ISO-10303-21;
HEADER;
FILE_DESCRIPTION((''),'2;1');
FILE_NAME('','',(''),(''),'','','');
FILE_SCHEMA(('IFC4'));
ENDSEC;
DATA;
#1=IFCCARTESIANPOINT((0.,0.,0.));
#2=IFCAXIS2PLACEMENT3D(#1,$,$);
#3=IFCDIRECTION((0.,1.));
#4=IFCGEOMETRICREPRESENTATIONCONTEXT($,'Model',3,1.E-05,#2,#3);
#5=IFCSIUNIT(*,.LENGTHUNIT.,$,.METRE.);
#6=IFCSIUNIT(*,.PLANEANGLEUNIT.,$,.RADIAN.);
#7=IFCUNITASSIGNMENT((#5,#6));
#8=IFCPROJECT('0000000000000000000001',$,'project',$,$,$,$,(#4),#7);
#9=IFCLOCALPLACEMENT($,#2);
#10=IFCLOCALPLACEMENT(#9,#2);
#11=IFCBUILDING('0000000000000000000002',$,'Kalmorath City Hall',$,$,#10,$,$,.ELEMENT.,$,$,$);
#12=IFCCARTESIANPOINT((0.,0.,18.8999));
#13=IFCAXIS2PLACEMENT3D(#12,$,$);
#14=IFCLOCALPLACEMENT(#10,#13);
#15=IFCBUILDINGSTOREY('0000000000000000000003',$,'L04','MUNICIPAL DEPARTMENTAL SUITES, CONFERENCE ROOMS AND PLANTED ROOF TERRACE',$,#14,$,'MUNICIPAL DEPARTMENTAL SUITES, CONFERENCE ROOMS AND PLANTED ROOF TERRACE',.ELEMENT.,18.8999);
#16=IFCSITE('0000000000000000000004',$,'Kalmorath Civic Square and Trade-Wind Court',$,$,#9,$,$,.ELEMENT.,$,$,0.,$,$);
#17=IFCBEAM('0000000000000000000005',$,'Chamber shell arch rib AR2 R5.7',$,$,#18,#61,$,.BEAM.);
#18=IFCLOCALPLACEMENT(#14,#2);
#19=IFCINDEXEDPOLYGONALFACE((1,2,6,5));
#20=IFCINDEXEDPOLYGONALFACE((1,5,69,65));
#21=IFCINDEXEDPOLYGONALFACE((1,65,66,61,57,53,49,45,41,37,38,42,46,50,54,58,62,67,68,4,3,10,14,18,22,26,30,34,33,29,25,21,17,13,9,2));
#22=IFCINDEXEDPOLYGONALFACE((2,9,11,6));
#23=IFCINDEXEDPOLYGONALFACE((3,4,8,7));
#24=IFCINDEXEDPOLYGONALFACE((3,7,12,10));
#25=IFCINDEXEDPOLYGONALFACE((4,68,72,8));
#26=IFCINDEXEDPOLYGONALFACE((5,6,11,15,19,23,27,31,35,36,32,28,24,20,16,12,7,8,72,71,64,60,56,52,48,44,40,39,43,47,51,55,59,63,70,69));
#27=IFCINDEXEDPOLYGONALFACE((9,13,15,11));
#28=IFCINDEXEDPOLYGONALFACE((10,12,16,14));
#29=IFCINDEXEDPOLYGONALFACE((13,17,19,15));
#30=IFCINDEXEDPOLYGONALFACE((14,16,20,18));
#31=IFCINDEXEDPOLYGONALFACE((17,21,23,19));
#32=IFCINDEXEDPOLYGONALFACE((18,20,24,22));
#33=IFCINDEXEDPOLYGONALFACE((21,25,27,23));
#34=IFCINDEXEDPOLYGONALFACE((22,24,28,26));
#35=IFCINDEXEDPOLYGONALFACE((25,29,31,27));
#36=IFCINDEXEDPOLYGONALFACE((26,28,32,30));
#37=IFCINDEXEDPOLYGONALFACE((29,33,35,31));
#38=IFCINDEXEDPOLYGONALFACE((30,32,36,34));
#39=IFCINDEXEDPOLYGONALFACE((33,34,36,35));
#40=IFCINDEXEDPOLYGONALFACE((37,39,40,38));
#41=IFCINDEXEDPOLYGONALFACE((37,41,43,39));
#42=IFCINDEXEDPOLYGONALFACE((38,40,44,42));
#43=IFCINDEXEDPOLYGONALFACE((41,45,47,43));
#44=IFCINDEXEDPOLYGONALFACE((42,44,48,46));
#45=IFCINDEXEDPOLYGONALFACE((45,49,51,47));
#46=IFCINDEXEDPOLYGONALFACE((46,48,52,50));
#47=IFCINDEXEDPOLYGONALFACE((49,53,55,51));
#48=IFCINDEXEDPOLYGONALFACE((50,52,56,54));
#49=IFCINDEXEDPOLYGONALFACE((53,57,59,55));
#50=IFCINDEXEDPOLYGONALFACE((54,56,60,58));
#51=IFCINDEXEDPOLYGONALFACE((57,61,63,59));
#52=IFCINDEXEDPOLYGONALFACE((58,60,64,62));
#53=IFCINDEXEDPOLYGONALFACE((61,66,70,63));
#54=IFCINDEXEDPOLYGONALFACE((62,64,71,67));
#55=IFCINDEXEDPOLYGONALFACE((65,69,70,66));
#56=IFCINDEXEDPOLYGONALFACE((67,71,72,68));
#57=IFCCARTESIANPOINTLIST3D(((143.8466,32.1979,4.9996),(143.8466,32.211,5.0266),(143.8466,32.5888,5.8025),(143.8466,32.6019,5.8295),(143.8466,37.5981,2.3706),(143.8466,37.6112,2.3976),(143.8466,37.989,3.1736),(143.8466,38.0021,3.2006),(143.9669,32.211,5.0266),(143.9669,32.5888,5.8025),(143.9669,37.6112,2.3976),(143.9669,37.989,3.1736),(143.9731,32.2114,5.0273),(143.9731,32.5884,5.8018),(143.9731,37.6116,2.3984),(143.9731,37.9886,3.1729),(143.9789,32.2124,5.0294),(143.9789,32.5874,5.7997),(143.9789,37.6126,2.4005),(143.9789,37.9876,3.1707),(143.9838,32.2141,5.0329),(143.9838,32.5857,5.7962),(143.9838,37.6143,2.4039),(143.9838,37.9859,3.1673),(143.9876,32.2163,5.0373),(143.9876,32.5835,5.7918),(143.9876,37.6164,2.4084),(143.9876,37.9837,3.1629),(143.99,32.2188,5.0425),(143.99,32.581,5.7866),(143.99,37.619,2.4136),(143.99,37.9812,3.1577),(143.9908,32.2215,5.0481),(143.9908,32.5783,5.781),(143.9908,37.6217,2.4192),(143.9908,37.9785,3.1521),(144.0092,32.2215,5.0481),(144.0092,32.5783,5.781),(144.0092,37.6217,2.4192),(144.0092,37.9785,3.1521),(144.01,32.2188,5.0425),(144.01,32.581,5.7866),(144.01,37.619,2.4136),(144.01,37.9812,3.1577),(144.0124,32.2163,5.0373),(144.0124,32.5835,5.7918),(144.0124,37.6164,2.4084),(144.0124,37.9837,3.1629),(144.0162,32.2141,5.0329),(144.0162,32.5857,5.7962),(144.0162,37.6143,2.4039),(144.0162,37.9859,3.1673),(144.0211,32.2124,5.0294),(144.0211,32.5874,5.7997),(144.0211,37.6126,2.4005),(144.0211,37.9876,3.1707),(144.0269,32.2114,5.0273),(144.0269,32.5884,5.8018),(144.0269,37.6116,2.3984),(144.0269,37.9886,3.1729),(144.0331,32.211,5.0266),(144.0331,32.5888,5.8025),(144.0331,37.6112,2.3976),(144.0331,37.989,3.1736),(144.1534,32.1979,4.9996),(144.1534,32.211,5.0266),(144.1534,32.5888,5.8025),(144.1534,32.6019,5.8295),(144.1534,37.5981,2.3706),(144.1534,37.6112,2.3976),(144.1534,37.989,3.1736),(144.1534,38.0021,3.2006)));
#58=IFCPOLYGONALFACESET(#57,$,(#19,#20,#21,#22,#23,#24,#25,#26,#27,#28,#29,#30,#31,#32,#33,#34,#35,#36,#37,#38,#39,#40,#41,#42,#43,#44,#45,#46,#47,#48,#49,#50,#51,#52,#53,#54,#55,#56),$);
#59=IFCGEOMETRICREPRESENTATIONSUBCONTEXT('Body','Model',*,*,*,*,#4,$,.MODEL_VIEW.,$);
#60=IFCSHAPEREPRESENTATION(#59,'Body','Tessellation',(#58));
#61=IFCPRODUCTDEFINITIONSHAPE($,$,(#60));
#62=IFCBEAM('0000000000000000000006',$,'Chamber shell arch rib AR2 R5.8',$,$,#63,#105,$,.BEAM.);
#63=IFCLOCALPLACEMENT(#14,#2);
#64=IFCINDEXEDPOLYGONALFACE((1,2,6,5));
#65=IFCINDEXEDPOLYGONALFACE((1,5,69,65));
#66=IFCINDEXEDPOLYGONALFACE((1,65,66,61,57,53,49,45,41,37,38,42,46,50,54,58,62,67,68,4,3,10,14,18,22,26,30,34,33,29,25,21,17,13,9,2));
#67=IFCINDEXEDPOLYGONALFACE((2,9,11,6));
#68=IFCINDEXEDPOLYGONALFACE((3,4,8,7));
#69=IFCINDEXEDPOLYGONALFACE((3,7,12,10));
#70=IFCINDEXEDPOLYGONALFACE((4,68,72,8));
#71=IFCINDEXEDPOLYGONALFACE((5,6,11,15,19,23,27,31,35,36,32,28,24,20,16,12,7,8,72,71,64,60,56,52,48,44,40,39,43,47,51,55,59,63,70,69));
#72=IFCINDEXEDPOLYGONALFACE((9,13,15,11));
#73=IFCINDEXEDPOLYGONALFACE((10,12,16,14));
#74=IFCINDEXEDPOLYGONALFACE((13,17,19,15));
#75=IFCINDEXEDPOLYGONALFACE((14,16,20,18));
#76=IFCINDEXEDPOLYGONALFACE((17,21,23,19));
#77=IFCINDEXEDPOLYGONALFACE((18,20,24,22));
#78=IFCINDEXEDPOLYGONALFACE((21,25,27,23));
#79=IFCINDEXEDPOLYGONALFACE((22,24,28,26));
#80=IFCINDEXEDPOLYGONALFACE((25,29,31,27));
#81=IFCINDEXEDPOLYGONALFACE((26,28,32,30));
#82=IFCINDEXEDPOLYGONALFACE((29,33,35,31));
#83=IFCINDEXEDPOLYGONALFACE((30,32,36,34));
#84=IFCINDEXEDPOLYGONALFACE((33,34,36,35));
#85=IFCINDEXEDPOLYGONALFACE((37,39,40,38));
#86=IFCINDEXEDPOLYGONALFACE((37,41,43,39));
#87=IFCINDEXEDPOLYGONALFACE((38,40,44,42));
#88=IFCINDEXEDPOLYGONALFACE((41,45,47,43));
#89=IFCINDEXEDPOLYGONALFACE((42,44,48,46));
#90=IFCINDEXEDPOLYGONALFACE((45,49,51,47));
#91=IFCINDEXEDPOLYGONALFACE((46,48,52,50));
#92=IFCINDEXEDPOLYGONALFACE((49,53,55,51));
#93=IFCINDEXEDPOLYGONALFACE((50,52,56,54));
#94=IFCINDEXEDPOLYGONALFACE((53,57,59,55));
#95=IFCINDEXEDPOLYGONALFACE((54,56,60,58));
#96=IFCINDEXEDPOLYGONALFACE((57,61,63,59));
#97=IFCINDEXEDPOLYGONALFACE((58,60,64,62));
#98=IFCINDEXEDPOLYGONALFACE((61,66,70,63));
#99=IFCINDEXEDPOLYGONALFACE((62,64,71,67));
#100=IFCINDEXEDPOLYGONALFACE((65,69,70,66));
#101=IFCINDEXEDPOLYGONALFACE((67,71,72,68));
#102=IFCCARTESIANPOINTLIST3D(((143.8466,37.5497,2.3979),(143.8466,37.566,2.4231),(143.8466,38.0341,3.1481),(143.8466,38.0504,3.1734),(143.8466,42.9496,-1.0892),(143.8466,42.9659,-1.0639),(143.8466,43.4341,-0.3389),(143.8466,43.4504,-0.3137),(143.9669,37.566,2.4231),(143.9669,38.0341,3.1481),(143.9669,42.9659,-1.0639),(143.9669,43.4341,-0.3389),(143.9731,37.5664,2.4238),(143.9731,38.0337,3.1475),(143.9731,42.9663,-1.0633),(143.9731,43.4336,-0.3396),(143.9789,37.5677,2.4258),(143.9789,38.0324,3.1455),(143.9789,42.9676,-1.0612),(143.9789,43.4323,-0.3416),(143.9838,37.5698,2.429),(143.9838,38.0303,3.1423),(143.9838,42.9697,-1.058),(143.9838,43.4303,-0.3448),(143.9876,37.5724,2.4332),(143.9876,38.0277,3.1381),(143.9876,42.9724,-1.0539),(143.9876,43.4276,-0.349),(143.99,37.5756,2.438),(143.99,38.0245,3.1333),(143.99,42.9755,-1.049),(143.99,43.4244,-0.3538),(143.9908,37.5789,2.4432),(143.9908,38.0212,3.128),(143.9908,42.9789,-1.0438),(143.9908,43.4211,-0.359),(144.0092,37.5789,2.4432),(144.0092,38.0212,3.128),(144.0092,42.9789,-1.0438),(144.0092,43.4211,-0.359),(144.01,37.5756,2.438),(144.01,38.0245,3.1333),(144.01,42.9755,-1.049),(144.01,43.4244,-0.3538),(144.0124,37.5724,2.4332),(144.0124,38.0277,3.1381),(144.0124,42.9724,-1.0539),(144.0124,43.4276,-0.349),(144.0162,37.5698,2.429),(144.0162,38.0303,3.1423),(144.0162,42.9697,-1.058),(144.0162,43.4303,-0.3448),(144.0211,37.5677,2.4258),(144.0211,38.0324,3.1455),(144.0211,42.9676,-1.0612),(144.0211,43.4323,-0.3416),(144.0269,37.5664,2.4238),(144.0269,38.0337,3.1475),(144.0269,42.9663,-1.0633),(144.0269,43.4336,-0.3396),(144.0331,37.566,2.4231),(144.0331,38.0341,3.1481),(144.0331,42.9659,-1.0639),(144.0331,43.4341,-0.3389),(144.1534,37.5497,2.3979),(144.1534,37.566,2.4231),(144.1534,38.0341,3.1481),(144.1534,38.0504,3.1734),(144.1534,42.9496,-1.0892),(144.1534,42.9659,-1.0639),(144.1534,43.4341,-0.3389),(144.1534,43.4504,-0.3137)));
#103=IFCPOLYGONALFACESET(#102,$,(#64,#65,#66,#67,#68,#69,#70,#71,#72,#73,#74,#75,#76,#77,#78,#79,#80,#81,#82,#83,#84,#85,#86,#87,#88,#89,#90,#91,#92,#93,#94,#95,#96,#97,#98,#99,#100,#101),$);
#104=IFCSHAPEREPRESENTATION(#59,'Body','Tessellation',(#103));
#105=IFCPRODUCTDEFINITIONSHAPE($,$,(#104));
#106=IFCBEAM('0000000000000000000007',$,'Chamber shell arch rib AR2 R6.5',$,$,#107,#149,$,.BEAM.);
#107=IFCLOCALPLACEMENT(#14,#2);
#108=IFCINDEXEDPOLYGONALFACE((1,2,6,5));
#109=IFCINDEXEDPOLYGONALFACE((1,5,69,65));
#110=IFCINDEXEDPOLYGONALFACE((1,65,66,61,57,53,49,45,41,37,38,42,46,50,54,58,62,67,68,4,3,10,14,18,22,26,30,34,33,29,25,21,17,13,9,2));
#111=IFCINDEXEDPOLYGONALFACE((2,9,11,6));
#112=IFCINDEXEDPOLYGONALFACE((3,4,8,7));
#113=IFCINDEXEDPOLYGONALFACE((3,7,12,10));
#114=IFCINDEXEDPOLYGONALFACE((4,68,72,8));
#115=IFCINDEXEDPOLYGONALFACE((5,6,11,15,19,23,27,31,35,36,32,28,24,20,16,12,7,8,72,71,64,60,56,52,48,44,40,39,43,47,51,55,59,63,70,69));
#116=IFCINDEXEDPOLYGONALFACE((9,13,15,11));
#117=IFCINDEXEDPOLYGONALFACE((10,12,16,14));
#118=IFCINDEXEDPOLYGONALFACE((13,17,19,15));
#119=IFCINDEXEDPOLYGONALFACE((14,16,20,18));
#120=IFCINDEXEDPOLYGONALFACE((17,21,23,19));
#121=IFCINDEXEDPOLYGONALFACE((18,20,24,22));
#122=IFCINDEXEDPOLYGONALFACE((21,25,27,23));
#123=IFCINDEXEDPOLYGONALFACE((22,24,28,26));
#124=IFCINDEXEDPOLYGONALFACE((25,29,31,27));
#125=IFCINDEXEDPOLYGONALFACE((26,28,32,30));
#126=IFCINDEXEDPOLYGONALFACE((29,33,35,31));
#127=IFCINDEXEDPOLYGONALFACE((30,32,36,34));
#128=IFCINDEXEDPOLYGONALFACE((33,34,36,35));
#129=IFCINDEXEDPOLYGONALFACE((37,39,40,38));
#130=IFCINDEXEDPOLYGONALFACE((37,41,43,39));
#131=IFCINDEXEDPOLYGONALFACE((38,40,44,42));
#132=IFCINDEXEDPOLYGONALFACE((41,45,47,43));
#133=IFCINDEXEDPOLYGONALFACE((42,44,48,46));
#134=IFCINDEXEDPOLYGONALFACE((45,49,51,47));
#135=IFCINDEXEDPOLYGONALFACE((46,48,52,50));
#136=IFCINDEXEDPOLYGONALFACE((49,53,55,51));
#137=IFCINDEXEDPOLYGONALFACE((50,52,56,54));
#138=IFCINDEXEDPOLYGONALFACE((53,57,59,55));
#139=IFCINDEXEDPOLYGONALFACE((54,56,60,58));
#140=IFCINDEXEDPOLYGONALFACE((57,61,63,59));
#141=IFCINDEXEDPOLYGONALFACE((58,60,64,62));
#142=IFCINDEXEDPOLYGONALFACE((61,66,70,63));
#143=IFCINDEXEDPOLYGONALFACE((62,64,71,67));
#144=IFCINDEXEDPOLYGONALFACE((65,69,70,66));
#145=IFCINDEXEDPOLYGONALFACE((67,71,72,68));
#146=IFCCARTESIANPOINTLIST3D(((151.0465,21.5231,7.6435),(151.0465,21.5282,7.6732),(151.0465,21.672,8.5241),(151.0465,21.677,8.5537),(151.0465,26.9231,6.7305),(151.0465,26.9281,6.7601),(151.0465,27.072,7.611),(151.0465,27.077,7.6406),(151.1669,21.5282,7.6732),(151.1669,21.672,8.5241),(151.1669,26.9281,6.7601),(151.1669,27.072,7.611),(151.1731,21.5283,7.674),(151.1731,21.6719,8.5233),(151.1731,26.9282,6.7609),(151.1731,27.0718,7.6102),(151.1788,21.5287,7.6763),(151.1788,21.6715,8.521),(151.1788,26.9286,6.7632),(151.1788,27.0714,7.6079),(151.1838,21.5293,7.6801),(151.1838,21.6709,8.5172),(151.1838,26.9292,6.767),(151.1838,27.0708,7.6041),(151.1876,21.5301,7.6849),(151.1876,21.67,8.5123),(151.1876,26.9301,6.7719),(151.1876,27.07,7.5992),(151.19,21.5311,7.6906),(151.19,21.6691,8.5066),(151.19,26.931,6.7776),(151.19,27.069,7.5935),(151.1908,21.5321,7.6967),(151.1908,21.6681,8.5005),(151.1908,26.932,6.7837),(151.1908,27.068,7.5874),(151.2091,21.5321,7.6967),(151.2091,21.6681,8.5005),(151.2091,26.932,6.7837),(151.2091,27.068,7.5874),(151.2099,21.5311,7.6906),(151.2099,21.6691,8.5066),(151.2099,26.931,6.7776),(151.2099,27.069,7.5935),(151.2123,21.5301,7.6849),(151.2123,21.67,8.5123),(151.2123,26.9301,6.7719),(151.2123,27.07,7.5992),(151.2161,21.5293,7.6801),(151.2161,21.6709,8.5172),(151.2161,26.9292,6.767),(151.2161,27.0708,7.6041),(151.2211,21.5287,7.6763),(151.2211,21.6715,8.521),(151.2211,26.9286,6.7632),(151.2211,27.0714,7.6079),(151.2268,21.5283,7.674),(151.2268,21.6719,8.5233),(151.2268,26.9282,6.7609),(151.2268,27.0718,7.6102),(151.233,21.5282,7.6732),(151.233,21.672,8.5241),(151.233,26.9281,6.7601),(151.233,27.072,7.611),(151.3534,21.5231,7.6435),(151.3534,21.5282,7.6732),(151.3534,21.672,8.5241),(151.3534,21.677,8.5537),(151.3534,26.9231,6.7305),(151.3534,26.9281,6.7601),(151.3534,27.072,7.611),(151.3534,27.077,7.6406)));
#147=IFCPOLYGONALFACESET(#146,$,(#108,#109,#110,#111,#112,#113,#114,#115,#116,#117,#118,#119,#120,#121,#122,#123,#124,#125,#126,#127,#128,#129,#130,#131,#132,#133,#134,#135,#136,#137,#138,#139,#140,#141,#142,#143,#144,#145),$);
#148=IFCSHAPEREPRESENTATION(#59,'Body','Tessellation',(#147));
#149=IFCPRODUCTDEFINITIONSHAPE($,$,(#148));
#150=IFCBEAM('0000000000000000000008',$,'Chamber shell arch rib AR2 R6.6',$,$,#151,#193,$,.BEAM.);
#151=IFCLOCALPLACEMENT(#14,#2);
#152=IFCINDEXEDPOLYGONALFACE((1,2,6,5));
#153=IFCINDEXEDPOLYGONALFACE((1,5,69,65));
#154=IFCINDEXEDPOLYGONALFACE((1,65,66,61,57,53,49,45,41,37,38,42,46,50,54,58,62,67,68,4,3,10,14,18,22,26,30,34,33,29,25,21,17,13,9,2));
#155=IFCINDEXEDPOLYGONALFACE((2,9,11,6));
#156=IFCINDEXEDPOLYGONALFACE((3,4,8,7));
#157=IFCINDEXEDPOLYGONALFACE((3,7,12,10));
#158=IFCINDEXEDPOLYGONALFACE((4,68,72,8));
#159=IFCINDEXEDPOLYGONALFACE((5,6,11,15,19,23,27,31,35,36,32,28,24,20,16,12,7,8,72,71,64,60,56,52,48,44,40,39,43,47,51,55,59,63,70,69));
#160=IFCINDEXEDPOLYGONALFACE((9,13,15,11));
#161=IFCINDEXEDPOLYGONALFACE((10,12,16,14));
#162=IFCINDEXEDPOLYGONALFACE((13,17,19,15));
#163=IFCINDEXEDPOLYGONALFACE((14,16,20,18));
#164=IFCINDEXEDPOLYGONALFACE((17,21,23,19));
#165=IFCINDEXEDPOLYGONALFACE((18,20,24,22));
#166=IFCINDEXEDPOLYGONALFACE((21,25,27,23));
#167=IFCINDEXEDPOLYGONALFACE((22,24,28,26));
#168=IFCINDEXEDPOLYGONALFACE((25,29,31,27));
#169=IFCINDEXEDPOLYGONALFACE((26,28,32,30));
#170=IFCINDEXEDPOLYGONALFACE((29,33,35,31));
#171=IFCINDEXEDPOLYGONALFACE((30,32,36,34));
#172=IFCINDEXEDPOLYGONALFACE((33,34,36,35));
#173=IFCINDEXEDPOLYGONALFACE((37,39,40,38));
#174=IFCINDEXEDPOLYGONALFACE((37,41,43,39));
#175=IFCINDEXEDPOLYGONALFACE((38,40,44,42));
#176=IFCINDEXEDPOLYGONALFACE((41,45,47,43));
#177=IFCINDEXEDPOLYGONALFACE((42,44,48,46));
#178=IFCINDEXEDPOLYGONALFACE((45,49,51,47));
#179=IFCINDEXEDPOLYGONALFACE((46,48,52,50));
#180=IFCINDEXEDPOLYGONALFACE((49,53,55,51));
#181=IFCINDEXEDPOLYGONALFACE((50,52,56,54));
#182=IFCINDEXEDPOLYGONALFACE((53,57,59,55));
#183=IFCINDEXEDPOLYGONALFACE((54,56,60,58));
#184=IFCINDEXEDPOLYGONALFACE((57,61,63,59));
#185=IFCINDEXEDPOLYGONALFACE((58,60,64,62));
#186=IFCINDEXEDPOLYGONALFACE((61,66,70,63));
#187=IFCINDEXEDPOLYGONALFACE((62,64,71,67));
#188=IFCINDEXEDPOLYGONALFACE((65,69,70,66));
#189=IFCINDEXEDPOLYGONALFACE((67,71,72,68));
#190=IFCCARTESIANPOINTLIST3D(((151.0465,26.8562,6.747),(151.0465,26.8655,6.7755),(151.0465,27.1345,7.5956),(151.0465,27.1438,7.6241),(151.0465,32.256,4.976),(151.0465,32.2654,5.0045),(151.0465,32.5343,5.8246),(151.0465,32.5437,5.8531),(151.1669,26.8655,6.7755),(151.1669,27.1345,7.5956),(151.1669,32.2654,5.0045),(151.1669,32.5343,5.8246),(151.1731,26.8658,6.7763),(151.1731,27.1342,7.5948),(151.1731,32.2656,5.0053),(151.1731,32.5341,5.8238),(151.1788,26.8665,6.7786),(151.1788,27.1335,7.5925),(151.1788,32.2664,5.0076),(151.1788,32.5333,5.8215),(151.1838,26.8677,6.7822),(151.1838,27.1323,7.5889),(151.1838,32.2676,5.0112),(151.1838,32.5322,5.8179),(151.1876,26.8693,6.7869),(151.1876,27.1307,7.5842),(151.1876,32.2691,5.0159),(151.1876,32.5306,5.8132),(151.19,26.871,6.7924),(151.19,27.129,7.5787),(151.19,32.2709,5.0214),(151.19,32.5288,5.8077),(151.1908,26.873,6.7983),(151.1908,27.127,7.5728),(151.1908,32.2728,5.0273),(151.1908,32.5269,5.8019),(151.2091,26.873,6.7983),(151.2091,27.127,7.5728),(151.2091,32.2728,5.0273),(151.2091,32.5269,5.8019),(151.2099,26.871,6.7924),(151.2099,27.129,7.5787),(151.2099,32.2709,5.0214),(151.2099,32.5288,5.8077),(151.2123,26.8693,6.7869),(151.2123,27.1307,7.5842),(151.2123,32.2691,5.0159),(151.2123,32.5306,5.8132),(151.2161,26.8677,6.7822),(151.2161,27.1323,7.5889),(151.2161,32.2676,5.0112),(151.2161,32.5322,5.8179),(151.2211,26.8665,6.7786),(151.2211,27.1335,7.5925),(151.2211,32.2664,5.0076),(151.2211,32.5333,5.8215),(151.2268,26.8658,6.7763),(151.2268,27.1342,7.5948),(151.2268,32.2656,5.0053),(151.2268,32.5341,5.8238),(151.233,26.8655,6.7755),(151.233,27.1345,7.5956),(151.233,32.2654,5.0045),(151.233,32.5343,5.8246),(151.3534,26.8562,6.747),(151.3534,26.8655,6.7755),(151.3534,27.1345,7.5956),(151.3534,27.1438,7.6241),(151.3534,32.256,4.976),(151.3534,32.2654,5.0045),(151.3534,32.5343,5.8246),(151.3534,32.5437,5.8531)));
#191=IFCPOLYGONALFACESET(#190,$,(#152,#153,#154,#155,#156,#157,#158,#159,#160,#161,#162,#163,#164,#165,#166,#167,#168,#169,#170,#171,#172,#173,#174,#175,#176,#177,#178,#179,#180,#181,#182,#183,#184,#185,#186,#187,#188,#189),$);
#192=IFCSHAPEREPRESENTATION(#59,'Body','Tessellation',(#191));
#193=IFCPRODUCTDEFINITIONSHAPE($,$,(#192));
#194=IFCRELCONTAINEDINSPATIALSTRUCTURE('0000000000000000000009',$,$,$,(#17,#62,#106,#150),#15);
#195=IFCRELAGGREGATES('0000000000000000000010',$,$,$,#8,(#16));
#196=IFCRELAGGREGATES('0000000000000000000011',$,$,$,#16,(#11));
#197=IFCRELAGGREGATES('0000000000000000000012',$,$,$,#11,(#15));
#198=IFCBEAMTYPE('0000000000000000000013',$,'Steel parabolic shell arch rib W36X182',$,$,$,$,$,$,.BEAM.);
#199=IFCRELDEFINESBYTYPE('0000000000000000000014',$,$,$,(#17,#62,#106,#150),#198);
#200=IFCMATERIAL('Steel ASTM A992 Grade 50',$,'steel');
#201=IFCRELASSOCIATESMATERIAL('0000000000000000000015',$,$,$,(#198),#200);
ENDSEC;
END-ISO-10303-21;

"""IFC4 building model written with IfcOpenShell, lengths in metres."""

from ifc_helpers import new_model, si_unit, direction, frame, origin, origin_2d, place, context, subcontext, project, spatial, i_section, extrude, material, material_profile, profile_set, type_object, element, save


model = new_model("IFC4")

# Units and contexts
model_context = context("Model", 3, precision=1e-05, world=origin(), true_north=direction((0.0, 1.0)))
body_context = subcontext(model_context, "Body", "Model", "MODEL_VIEW")
ifc_project = project(units=[si_unit("LENGTHUNIT", "METRE"), si_unit("PLANEANGLEUNIT", "RADIAN")], contexts=[model_context])

# Site, building, storey
site_placement = place(None, origin())
site = spatial("IfcSite", under=ifc_project, at=site_placement, Name="Kalmorath Civic Square and Trade-Wind Court", CompositionType="ELEMENT", RefElevation=0.0)
building_placement = place(site_placement, origin())
building = spatial("IfcBuilding", under=site, at=building_placement, Name="Kalmorath City Hall", CompositionType="ELEMENT")
storey_placement = place(building_placement, frame((0.0, 0.0, 18.8999)))
storey = spatial("IfcBuildingStorey", under=building, at=storey_placement, Name="L04", Description="MUNICIPAL DEPARTMENTAL SUITES, CONFERENCE ROOMS AND PLANTED ROOF TERRACE", LongName="MUNICIPAL DEPARTMENTAL SUITES, CONFERENCE ROOMS AND PLANTED ROOF TERRACE", CompositionType="ELEMENT", Elevation=18.8999)

# Beams
ifc_material_1 = material(Name="Steel ASTM A992 Grade 50", Category="steel")
ifc_material_profile_1 = material_profile(ifc_material_1, i_section(OverallWidth=0.3069, OverallDepth=0.9231, WebThickness=0.0183, FlangeThickness=0.03, FilletRadius=0.0239, at=origin_2d()), Name="W36X182")
ifc_profile_set_1 = profile_set([ifc_material_profile_1], Name="Steel ASTM A992 Grade 50")
beam_type_1 = type_object("IfcBeamType", Name="Steel parabolic shell arch rib W36X182", PredefinedType="BEAM", material=ifc_profile_set_1)
beam_1_placement = place(storey_placement, frame((144.0, 32.3999, 5.4146), z_axis=(0.0, 0.899117, -0.437709), x_axis=(-1.0, 0.0, 0.0)))
element("IfcBeam", 1, at=beam_1_placement, inside=storey, type_object=beam_type_1, Name="Chamber shell arch rib AR2 R5.7", PredefinedType="BEAM", context=body_context, shape_type="SweptSolid", body=[
    extrude(i_section(OverallWidth=0.3069, OverallDepth=0.9231, WebThickness=0.0183, FlangeThickness=0.03, FilletRadius=0.0239, at=origin_2d()), origin(), (0.0, 0.0, 1.0), 6.0061),
])
beam_2_placement = place(storey_placement, frame((144.0, 37.8, 2.7856), z_axis=(0.0, 0.840066, -0.542484), x_axis=(-1.0, 0.0, 0.0)))
element("IfcBeam", 2, at=beam_2_placement, inside=storey, type_object=beam_type_1, Name="Chamber shell arch rib AR2 R5.8", PredefinedType="BEAM", context=body_context, shape_type="SweptSolid", body=[
    extrude(i_section(OverallWidth=0.3069, OverallDepth=0.9231, WebThickness=0.0183, FlangeThickness=0.03, FilletRadius=0.0239, at=origin_2d()), origin(), (0.0, 0.0, 1.0), 6.428),
])
beam_3_placement = place(storey_placement, frame((151.2, 21.6001, 8.0986), z_axis=(0.0, 0.986003, -0.166726), x_axis=(-1.0, 0.0, 0.0)))
element("IfcBeam", 3, at=beam_3_placement, inside=storey, type_object=beam_type_1, Name="Chamber shell arch rib AR2 R6.5", PredefinedType="BEAM", context=body_context, shape_type="SweptSolid", body=[
    extrude(i_section(OverallWidth=0.3069, OverallDepth=0.9231, WebThickness=0.0183, FlangeThickness=0.03, FilletRadius=0.0239, at=origin_2d()), origin(), (0.0, 0.0, 1.0), 5.4766),
])
beam_4_placement = place(storey_placement, frame((151.2, 27.0, 7.1855), z_axis=(0.0, 0.950202, -0.311636), x_axis=(-1.0, 0.0, 0.0)))
element("IfcBeam", 4, at=beam_4_placement, inside=storey, type_object=beam_type_1, Name="Chamber shell arch rib AR2 R6.6", PredefinedType="BEAM", context=body_context, shape_type="SweptSolid", body=[
    extrude(i_section(OverallWidth=0.3069, OverallDepth=0.9231, WebThickness=0.0183, FlangeThickness=0.03, FilletRadius=0.0239, at=origin_2d()), origin(), (0.0, 0.0, 1.0), 5.6829),
])

save(model, "model.ifc")
